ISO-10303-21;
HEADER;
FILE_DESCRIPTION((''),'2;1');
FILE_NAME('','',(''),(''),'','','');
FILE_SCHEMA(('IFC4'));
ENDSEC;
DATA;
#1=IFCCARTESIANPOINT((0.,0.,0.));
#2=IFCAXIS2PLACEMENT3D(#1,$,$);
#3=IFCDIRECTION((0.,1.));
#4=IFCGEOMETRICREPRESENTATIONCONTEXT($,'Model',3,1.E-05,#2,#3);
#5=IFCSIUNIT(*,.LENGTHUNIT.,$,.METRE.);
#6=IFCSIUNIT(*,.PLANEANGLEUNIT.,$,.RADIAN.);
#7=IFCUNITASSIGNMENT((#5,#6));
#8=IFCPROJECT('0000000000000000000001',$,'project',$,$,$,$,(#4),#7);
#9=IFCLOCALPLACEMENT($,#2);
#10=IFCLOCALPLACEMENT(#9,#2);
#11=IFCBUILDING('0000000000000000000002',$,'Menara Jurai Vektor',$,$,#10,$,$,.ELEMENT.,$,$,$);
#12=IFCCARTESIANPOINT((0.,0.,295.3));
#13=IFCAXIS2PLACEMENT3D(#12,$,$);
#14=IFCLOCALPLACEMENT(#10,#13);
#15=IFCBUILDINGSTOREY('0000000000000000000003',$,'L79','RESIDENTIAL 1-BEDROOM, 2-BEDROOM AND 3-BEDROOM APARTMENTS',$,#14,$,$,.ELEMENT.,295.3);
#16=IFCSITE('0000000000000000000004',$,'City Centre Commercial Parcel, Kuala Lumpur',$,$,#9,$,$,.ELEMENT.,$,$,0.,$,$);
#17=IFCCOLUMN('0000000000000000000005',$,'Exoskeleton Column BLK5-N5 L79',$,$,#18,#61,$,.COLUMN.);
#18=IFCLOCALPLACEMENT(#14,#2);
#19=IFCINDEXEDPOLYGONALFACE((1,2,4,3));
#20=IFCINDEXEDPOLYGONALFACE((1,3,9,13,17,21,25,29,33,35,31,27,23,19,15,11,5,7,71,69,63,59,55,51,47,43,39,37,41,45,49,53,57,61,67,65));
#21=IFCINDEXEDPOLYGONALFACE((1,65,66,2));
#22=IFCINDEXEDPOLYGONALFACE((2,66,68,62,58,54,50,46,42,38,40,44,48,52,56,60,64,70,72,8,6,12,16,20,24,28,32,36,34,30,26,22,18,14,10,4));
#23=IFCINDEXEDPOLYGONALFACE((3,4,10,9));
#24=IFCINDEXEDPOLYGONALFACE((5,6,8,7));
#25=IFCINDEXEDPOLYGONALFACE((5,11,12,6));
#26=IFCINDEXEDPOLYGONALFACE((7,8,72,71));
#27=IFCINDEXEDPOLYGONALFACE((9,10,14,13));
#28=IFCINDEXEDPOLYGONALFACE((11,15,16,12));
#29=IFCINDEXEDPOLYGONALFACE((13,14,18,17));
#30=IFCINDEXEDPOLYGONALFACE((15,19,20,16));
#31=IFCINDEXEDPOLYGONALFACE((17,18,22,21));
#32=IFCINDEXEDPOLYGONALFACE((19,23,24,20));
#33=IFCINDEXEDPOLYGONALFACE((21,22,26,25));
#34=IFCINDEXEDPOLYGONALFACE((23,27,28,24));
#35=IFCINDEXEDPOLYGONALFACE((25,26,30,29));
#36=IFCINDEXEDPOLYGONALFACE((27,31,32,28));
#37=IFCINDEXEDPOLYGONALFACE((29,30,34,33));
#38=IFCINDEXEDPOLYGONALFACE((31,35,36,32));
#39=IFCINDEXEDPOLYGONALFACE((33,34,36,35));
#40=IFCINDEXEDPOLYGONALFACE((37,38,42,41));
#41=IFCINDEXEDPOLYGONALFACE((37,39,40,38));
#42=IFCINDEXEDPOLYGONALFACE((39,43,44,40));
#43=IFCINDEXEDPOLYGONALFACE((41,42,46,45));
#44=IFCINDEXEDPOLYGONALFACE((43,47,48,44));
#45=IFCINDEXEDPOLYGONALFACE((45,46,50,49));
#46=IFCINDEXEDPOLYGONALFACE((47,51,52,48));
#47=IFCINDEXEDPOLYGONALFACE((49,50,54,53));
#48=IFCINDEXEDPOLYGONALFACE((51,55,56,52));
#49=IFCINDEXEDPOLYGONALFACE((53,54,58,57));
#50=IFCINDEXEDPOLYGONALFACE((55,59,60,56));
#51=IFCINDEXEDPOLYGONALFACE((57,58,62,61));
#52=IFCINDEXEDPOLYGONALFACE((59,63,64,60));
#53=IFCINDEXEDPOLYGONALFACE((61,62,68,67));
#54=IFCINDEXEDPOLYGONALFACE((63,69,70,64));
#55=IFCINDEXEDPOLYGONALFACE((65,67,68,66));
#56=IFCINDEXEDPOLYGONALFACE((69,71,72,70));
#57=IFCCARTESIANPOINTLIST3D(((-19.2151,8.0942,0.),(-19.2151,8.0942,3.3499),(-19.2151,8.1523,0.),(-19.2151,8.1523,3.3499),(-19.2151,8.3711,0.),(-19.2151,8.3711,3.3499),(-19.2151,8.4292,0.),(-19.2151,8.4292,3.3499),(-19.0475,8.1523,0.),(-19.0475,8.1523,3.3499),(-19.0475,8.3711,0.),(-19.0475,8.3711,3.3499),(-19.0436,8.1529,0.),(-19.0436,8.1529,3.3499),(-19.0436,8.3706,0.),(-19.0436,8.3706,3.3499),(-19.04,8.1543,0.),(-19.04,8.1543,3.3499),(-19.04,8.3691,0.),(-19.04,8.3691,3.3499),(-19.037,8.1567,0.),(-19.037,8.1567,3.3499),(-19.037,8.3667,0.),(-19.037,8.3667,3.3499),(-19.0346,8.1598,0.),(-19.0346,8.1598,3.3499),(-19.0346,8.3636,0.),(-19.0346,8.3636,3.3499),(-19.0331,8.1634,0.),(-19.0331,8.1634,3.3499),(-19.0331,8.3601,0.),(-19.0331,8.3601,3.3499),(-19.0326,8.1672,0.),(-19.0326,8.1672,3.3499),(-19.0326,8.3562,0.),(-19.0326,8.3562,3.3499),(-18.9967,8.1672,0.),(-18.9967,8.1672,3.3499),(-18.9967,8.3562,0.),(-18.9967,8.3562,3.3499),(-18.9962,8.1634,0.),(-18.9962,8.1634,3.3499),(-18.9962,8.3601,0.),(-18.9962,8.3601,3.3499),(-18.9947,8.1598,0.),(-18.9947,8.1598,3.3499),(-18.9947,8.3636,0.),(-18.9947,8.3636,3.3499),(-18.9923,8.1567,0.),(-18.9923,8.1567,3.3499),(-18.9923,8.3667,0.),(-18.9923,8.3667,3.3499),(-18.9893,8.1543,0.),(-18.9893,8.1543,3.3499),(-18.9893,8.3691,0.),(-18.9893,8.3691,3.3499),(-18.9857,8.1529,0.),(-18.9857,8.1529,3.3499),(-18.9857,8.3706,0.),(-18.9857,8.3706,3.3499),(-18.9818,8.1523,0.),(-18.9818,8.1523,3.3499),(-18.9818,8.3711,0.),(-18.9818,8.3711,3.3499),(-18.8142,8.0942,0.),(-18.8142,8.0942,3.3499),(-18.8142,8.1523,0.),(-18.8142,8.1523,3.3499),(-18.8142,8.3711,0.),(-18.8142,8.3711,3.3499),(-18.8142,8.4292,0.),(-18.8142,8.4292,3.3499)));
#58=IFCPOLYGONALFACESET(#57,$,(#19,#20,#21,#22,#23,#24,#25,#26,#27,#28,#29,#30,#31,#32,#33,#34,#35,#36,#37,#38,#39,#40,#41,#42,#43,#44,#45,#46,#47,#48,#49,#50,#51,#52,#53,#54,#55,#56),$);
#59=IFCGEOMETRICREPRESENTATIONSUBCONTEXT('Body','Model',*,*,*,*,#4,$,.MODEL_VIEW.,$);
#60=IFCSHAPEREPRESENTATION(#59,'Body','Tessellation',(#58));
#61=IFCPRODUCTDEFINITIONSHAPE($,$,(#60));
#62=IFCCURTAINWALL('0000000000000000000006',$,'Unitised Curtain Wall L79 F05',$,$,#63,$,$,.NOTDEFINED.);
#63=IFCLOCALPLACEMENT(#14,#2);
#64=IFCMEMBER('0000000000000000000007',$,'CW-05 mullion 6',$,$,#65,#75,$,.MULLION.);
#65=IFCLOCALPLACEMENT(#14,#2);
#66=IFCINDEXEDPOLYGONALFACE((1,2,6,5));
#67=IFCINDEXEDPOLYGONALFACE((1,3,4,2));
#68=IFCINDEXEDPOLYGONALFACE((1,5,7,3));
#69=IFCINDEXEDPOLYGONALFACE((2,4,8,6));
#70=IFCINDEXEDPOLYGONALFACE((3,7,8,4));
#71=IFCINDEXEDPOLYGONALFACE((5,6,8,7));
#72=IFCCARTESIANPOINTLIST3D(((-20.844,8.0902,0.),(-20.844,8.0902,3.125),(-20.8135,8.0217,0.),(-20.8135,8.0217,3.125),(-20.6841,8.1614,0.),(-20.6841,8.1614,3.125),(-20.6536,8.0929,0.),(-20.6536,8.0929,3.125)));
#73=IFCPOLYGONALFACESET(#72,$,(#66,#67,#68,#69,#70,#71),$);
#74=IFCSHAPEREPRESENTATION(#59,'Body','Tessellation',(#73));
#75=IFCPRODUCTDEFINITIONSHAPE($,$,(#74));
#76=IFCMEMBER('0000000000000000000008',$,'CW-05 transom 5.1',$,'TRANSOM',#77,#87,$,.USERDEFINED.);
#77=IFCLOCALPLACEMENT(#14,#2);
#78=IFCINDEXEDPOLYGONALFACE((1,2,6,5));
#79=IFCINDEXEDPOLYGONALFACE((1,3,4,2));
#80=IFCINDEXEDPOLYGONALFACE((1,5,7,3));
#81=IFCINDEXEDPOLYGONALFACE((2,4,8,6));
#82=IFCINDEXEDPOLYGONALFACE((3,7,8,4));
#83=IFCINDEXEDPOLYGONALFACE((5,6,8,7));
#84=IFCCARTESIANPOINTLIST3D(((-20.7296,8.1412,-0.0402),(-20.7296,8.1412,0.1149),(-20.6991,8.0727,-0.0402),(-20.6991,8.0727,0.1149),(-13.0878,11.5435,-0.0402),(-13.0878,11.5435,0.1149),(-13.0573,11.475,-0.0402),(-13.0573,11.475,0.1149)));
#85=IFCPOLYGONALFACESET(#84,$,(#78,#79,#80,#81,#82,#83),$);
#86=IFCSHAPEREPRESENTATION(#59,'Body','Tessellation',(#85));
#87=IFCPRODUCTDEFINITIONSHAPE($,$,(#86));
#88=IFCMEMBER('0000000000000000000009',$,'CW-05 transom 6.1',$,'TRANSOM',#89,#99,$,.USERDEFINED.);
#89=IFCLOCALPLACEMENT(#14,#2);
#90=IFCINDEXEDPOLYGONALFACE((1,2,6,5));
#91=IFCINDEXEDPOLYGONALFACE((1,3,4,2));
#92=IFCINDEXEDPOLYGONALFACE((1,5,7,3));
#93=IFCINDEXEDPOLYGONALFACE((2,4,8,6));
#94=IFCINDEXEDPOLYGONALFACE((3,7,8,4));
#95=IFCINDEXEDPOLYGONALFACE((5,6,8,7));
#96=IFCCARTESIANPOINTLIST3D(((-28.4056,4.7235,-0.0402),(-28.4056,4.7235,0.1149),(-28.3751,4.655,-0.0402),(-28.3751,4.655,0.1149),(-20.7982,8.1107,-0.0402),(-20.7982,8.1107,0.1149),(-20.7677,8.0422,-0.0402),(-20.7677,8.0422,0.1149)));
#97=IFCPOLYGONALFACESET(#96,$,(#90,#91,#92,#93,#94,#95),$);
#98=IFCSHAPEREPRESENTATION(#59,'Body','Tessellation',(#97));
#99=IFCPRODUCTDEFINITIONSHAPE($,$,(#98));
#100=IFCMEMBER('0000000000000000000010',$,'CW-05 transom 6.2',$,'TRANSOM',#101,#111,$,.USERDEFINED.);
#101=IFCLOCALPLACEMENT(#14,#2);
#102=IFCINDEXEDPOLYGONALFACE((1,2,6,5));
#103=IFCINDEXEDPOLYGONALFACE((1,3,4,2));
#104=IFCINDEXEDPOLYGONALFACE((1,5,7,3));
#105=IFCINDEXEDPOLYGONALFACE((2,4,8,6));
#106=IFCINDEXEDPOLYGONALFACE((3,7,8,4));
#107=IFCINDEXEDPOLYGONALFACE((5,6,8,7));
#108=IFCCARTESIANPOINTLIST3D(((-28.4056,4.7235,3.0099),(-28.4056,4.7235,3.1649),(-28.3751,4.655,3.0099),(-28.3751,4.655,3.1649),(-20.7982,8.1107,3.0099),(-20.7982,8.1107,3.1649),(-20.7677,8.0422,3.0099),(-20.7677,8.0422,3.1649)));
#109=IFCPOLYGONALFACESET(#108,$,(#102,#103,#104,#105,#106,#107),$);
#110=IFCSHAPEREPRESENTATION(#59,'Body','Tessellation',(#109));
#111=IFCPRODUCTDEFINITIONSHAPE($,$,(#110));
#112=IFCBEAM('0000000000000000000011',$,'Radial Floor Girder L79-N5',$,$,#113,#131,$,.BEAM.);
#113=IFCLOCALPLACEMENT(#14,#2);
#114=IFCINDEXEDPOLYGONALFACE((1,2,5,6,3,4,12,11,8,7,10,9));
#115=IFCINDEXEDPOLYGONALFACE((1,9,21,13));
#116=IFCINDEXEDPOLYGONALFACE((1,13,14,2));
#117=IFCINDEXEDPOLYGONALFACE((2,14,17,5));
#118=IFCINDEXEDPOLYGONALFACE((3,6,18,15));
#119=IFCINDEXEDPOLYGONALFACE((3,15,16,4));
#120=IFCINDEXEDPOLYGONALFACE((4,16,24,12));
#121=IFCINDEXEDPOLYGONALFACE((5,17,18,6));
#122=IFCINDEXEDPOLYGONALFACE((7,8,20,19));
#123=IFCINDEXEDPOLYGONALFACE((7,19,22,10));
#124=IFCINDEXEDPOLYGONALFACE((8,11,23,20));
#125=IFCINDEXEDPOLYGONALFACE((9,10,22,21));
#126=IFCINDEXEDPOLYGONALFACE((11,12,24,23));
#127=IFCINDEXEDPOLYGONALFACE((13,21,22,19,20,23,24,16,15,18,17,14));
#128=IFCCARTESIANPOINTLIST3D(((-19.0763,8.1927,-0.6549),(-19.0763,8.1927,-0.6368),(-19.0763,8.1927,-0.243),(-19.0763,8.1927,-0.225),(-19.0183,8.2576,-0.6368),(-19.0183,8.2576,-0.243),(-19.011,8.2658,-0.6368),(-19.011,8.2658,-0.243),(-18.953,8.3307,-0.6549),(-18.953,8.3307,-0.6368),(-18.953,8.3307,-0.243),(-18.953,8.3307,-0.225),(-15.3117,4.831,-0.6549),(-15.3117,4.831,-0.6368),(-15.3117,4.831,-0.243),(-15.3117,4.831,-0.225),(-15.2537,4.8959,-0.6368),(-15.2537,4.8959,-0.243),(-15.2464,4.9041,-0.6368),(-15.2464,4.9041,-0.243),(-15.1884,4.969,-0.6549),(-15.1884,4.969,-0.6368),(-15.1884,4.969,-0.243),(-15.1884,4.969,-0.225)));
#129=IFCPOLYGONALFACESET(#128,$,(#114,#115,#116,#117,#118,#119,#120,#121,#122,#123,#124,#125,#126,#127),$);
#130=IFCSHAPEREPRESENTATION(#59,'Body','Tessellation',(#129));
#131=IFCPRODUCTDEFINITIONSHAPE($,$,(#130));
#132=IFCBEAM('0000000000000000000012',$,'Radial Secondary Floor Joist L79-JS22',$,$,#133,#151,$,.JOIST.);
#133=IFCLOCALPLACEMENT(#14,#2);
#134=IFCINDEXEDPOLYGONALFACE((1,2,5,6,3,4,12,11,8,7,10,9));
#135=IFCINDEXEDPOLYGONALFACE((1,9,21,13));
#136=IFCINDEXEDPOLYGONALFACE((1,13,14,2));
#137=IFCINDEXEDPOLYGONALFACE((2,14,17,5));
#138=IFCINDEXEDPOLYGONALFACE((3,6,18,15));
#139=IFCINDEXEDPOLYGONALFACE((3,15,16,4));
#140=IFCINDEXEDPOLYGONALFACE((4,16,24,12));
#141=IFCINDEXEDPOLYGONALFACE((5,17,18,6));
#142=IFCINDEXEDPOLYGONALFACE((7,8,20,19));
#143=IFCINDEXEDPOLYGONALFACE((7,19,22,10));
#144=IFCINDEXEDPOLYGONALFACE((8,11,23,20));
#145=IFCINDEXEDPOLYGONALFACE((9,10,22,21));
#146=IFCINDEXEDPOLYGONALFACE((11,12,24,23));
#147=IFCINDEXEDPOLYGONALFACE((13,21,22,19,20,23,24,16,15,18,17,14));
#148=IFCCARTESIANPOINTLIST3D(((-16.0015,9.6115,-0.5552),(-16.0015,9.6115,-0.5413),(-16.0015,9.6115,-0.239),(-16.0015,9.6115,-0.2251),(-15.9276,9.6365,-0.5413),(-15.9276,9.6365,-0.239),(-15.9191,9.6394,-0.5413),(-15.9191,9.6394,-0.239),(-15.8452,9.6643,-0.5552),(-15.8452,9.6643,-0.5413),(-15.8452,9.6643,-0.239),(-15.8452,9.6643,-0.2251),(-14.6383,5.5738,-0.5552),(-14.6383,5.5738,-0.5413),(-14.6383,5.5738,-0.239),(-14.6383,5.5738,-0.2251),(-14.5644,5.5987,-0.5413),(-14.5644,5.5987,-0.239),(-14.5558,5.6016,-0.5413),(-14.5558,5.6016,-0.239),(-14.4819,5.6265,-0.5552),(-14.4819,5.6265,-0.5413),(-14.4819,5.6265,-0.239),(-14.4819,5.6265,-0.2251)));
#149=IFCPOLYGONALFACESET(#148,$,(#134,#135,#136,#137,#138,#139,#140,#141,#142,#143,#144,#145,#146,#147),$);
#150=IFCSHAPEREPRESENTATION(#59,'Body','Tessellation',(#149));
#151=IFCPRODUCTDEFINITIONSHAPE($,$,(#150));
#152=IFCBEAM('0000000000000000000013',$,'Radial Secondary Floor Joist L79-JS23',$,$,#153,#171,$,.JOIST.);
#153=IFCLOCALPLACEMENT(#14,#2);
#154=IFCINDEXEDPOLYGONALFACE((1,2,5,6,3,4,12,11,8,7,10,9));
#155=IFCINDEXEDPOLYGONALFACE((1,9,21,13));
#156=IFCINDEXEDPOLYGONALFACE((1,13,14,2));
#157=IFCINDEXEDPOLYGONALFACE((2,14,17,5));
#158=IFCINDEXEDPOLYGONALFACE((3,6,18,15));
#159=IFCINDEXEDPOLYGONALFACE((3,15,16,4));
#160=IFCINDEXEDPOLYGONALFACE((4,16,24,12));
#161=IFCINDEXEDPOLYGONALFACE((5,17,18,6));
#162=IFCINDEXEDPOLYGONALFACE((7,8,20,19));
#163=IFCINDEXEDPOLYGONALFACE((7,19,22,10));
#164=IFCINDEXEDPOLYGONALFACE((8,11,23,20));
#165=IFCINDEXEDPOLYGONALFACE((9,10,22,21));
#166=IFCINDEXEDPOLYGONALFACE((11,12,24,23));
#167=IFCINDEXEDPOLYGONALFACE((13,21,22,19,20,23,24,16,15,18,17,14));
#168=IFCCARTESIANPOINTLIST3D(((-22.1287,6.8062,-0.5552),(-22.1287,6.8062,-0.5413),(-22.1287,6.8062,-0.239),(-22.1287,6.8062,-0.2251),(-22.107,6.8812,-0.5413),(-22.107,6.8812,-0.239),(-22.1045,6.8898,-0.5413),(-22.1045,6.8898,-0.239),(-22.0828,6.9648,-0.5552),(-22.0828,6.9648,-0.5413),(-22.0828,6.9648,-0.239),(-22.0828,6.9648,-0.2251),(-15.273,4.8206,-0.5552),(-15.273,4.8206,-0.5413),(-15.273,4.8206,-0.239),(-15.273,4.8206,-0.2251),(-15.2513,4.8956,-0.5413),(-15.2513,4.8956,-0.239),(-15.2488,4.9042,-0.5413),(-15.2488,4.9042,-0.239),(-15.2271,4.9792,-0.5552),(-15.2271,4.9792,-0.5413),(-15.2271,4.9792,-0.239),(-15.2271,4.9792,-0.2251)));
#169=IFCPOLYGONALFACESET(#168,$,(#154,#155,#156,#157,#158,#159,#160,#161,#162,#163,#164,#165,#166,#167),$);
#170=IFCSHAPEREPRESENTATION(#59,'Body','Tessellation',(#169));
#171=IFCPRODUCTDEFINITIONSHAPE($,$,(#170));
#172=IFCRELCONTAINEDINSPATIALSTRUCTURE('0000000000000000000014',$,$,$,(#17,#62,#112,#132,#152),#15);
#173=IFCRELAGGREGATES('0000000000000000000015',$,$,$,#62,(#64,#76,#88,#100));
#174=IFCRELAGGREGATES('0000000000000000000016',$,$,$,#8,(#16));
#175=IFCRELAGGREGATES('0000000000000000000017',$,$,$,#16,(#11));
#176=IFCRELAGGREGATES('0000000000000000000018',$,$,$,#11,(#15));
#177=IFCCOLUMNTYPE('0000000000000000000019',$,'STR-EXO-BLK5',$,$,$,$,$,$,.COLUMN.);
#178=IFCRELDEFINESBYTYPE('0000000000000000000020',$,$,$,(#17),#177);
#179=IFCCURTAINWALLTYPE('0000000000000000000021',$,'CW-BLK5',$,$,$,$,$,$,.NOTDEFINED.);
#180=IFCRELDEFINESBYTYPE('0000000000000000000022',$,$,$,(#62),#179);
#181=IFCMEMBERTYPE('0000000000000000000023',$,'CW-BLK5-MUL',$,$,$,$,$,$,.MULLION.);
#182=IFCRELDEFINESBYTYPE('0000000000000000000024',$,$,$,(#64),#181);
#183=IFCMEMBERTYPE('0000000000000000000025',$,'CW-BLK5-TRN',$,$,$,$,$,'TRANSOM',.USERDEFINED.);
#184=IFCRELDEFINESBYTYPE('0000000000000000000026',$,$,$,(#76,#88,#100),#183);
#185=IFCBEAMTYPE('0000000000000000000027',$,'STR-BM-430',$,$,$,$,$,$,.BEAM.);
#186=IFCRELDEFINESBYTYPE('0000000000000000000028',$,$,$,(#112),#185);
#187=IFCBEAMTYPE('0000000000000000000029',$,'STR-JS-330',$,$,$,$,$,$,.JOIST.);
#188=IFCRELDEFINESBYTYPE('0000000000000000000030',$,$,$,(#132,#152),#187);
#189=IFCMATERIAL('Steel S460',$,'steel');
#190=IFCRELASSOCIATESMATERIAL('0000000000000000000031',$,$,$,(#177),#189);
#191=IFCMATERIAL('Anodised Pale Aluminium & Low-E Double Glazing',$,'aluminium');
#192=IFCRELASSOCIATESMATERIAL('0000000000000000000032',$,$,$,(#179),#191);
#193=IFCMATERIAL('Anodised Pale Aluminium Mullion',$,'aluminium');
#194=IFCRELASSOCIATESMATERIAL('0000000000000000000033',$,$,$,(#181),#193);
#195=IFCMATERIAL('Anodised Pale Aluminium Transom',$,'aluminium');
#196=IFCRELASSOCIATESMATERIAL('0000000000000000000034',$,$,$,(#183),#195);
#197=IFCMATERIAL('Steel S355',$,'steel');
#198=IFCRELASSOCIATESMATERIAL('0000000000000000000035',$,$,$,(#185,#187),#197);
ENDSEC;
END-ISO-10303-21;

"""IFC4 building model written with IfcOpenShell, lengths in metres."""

from ifc_helpers import new_model, si_unit, direction, frame, origin, origin_2d, place, context, subcontext, project, spatial, rectangle, i_section, extrude, material, material_profile, profile_set, type_object, element, aggregate, save


model = new_model("IFC4")

# Units and contexts
model_context = context("Model", 3, precision=1e-05, world=origin(), true_north=direction((0.0, 1.0)))
body_context = subcontext(model_context, "Body", "Model", "MODEL_VIEW")
ifc_project = project(units=[si_unit("LENGTHUNIT", "METRE"), si_unit("PLANEANGLEUNIT", "RADIAN")], contexts=[model_context])

# Site, building, storey
site_placement = place(None, origin())
site = spatial("IfcSite", under=ifc_project, at=site_placement, Name="City Centre Commercial Parcel, Kuala Lumpur", CompositionType="ELEMENT", RefElevation=0.0)
building_placement = place(site_placement, origin())
building = spatial("IfcBuilding", under=site, at=building_placement, Name="Menara Jurai Vektor", CompositionType="ELEMENT")
storey_placement = place(building_placement, frame((0.0, 0.0, 295.3)))
storey = spatial("IfcBuildingStorey", under=building, at=storey_placement, Name="L79", Description="RESIDENTIAL 1-BEDROOM, 2-BEDROOM AND 3-BEDROOM APARTMENTS", CompositionType="ELEMENT", Elevation=295.3)

# Column
ifc_material_1 = material(Name="Steel S460", Category="steel")
ifc_material_profile_1 = material_profile(ifc_material_1, i_section(OverallWidth=0.4009, OverallDepth=0.335, WebThickness=0.0359, FlangeThickness=0.0581, FilletRadius=0.0149, at=origin_2d()), Name="HD 400x463")
ifc_profile_set_1 = profile_set([ifc_material_profile_1], Name="Steel S460")
column_type = type_object("IfcColumnType", Name="STR-EXO-BLK5", PredefinedType="COLUMN", material=ifc_profile_set_1)
column_placement = place(storey_placement, frame((-19.0146, 8.2617, 0.0), z_axis=(0.0, 0.0, 1.0), x_axis=(1.0, 0.0, 0.0)))
element("IfcColumn", 1, at=column_placement, inside=storey, type_object=column_type, Name="Exoskeleton Column BLK5-N5 L79", PredefinedType="COLUMN", context=body_context, shape_type="SweptSolid", body=[
    extrude(i_section(OverallWidth=0.4009, OverallDepth=0.335, WebThickness=0.0359, FlangeThickness=0.0581, FilletRadius=0.0149, at=origin_2d()), origin(), (0.0, 0.0, 1.0), 3.3499),
])

# Curtain wall, members
ifc_material_2 = material(Name="Anodised Pale Aluminium & Low-E Double Glazing", Category="aluminium")
curtain_wall_type = type_object("IfcCurtainWallType", Name="CW-BLK5", PredefinedType="NOTDEFINED", material=ifc_material_2)
curtain_wall_placement = place(storey_placement, origin())
curtain_wall = element("IfcCurtainWall", 2, at=curtain_wall_placement, inside=storey, type_object=curtain_wall_type, Name="Unitised Curtain Wall L79 F05", PredefinedType="NOTDEFINED")
ifc_material_3 = material(Name="Anodised Pale Aluminium Mullion", Category="aluminium")
ifc_material_profile_2 = material_profile(ifc_material_3, rectangle(XDim=0.075, YDim=0.175, at=origin_2d()), Name="ALU MUL 75x175")
ifc_profile_set_2 = profile_set([ifc_material_profile_2], Name="Anodised Pale Aluminium Mullion")
member_type_1 = type_object("IfcMemberType", Name="CW-BLK5-MUL", PredefinedType="MULLION", material=ifc_profile_set_2)
member_1_placement = place(storey_placement, frame((-20.7488, 8.0916, 0.0), z_axis=(0.0, 0.0, 1.0), x_axis=(0.406735, -0.913546, 0.0)))
member_1 = element("IfcMember", 3, at=member_1_placement, type_object=member_type_1, Name="CW-05 mullion 6", PredefinedType="MULLION", context=body_context, shape_type="SweptSolid", body=[
    extrude(rectangle(XDim=0.075, YDim=0.175, at=origin_2d()), origin(), (0.0, 0.0, 1.0), 3.125),
])
ifc_material_4 = material(Name="Anodised Pale Aluminium Transom", Category="aluminium")
ifc_material_profile_3 = material_profile(ifc_material_4, rectangle(XDim=0.075, YDim=0.155, at=origin_2d()), Name="ALU TRN 75x155")
ifc_profile_set_3 = profile_set([ifc_material_profile_3], Name="Anodised Pale Aluminium Transom")
member_type_2 = type_object("IfcMemberType", Name="CW-BLK5-TRN", ElementType="TRANSOM", PredefinedType="USERDEFINED", material=ifc_profile_set_3)
member_2_placement = place(storey_placement, frame((-13.0725, 11.5093, 0.0374), z_axis=(-0.913547, -0.406734, 0.0), x_axis=(0.406734, -0.913547, 0.0)))
member_2 = element("IfcMember", 4, at=member_2_placement, type_object=member_type_2, Name="CW-05 transom 5.1", ObjectType="TRANSOM", PredefinedType="USERDEFINED", context=body_context, shape_type="SweptSolid", body=[
    extrude(rectangle(XDim=0.075, YDim=0.155, at=origin_2d()), origin(), (0.0, 0.0, 1.0), 8.365),
])
member_3_placement = place(storey_placement, frame((-20.783, 8.0764, 0.0374), z_axis=(-0.913538, -0.406753, 0.0), x_axis=(0.406753, -0.913538, 0.0)))
member_3 = element("IfcMember", 5, at=member_3_placement, type_object=member_type_2, Name="CW-05 transom 6.1", ObjectType="TRANSOM", PredefinedType="USERDEFINED", context=body_context, shape_type="SweptSolid", body=[
    extrude(rectangle(XDim=0.075, YDim=0.155, at=origin_2d()), origin(), (0.0, 0.0, 1.0), 8.3274),
])
member_4_placement = place(storey_placement, frame((-20.783, 8.0764, 3.0874), z_axis=(-0.913538, -0.406753, 0.0), x_axis=(0.406753, -0.913538, 0.0)))
member_4 = element("IfcMember", 6, at=member_4_placement, type_object=member_type_2, Name="CW-05 transom 6.2", ObjectType="TRANSOM", PredefinedType="USERDEFINED", context=body_context, shape_type="SweptSolid", body=[
    extrude(rectangle(XDim=0.075, YDim=0.155, at=origin_2d()), origin(), (0.0, 0.0, 1.0), 8.3274),
])

# Beams
ifc_material_5 = material(Name="Steel S355", Category="steel")
ifc_material_profile_4 = material_profile(ifc_material_5, i_section(OverallWidth=0.1851, OverallDepth=0.4299, WebThickness=0.011, FlangeThickness=0.0181, at=origin_2d()), Name="PG 430x185x76")
ifc_profile_set_4 = profile_set([ifc_material_profile_4], Name="Steel S355")
beam_type_1 = type_object("IfcBeamType", Name="STR-BM-430", PredefinedType="BEAM", material=ifc_profile_set_4)
beam_1_placement = place(storey_placement, frame((-19.0146, 8.2617, -0.4399), z_axis=(0.745886, -0.666073, 0.0), x_axis=(0.666073, 0.745886, 0.0)))
element("IfcBeam", 7, at=beam_1_placement, inside=storey, type_object=beam_type_1, Name="Radial Floor Girder L79-N5", PredefinedType="BEAM", context=body_context, shape_type="SweptSolid", body=[
    extrude(i_section(OverallWidth=0.1851, OverallDepth=0.4299, WebThickness=0.011, FlangeThickness=0.0181, at=origin_2d()), origin(), (0.0, 0.0, 1.0), 5.0471),
])
ifc_material_profile_5 = material_profile(ifc_material_5, i_section(OverallWidth=0.165, OverallDepth=0.3301, WebThickness=0.009, FlangeThickness=0.0139, at=origin_2d()), Name="PG 330x165x46")
ifc_profile_set_5 = profile_set([ifc_material_profile_5], Name="Steel S355")
beam_type_2 = type_object("IfcBeamType", Name="STR-JS-330", PredefinedType="JOIST", material=ifc_profile_set_5)
beam_2_placement = place(storey_placement, frame((-15.9233, 9.6379, -0.3901), z_axis=(0.319886, -0.947456, 0.0), x_axis=(0.947456, 0.319886, 0.0)))
element("IfcBeam", 8, at=beam_2_placement, inside=storey, type_object=beam_type_2, Name="Radial Secondary Floor Joist L79-JS22", PredefinedType="JOIST", context=body_context, shape_type="SweptSolid", body=[
    extrude(i_section(OverallWidth=0.165, OverallDepth=0.3301, WebThickness=0.009, FlangeThickness=0.0139, at=origin_2d()), origin(), (0.0, 0.0, 1.0), 4.2617),
])
beam_3_placement = place(storey_placement, frame((-22.1057, 6.8855, -0.3901), z_axis=(0.960525, -0.278193, 0.0), x_axis=(0.278193, 0.960525, 0.0)))
element("IfcBeam", 9, at=beam_3_placement, inside=storey, type_object=beam_type_2, Name="Radial Secondary Floor Joist L79-JS23", PredefinedType="JOIST", context=body_context, shape_type="SweptSolid", body=[
    extrude(i_section(OverallWidth=0.165, OverallDepth=0.3301, WebThickness=0.009, FlangeThickness=0.0139, at=origin_2d()), origin(), (0.0, 0.0, 1.0), 7.1375),
])

aggregate(curtain_wall, [member_1, member_2, member_3, member_4])

save(model, "model.ifc")
